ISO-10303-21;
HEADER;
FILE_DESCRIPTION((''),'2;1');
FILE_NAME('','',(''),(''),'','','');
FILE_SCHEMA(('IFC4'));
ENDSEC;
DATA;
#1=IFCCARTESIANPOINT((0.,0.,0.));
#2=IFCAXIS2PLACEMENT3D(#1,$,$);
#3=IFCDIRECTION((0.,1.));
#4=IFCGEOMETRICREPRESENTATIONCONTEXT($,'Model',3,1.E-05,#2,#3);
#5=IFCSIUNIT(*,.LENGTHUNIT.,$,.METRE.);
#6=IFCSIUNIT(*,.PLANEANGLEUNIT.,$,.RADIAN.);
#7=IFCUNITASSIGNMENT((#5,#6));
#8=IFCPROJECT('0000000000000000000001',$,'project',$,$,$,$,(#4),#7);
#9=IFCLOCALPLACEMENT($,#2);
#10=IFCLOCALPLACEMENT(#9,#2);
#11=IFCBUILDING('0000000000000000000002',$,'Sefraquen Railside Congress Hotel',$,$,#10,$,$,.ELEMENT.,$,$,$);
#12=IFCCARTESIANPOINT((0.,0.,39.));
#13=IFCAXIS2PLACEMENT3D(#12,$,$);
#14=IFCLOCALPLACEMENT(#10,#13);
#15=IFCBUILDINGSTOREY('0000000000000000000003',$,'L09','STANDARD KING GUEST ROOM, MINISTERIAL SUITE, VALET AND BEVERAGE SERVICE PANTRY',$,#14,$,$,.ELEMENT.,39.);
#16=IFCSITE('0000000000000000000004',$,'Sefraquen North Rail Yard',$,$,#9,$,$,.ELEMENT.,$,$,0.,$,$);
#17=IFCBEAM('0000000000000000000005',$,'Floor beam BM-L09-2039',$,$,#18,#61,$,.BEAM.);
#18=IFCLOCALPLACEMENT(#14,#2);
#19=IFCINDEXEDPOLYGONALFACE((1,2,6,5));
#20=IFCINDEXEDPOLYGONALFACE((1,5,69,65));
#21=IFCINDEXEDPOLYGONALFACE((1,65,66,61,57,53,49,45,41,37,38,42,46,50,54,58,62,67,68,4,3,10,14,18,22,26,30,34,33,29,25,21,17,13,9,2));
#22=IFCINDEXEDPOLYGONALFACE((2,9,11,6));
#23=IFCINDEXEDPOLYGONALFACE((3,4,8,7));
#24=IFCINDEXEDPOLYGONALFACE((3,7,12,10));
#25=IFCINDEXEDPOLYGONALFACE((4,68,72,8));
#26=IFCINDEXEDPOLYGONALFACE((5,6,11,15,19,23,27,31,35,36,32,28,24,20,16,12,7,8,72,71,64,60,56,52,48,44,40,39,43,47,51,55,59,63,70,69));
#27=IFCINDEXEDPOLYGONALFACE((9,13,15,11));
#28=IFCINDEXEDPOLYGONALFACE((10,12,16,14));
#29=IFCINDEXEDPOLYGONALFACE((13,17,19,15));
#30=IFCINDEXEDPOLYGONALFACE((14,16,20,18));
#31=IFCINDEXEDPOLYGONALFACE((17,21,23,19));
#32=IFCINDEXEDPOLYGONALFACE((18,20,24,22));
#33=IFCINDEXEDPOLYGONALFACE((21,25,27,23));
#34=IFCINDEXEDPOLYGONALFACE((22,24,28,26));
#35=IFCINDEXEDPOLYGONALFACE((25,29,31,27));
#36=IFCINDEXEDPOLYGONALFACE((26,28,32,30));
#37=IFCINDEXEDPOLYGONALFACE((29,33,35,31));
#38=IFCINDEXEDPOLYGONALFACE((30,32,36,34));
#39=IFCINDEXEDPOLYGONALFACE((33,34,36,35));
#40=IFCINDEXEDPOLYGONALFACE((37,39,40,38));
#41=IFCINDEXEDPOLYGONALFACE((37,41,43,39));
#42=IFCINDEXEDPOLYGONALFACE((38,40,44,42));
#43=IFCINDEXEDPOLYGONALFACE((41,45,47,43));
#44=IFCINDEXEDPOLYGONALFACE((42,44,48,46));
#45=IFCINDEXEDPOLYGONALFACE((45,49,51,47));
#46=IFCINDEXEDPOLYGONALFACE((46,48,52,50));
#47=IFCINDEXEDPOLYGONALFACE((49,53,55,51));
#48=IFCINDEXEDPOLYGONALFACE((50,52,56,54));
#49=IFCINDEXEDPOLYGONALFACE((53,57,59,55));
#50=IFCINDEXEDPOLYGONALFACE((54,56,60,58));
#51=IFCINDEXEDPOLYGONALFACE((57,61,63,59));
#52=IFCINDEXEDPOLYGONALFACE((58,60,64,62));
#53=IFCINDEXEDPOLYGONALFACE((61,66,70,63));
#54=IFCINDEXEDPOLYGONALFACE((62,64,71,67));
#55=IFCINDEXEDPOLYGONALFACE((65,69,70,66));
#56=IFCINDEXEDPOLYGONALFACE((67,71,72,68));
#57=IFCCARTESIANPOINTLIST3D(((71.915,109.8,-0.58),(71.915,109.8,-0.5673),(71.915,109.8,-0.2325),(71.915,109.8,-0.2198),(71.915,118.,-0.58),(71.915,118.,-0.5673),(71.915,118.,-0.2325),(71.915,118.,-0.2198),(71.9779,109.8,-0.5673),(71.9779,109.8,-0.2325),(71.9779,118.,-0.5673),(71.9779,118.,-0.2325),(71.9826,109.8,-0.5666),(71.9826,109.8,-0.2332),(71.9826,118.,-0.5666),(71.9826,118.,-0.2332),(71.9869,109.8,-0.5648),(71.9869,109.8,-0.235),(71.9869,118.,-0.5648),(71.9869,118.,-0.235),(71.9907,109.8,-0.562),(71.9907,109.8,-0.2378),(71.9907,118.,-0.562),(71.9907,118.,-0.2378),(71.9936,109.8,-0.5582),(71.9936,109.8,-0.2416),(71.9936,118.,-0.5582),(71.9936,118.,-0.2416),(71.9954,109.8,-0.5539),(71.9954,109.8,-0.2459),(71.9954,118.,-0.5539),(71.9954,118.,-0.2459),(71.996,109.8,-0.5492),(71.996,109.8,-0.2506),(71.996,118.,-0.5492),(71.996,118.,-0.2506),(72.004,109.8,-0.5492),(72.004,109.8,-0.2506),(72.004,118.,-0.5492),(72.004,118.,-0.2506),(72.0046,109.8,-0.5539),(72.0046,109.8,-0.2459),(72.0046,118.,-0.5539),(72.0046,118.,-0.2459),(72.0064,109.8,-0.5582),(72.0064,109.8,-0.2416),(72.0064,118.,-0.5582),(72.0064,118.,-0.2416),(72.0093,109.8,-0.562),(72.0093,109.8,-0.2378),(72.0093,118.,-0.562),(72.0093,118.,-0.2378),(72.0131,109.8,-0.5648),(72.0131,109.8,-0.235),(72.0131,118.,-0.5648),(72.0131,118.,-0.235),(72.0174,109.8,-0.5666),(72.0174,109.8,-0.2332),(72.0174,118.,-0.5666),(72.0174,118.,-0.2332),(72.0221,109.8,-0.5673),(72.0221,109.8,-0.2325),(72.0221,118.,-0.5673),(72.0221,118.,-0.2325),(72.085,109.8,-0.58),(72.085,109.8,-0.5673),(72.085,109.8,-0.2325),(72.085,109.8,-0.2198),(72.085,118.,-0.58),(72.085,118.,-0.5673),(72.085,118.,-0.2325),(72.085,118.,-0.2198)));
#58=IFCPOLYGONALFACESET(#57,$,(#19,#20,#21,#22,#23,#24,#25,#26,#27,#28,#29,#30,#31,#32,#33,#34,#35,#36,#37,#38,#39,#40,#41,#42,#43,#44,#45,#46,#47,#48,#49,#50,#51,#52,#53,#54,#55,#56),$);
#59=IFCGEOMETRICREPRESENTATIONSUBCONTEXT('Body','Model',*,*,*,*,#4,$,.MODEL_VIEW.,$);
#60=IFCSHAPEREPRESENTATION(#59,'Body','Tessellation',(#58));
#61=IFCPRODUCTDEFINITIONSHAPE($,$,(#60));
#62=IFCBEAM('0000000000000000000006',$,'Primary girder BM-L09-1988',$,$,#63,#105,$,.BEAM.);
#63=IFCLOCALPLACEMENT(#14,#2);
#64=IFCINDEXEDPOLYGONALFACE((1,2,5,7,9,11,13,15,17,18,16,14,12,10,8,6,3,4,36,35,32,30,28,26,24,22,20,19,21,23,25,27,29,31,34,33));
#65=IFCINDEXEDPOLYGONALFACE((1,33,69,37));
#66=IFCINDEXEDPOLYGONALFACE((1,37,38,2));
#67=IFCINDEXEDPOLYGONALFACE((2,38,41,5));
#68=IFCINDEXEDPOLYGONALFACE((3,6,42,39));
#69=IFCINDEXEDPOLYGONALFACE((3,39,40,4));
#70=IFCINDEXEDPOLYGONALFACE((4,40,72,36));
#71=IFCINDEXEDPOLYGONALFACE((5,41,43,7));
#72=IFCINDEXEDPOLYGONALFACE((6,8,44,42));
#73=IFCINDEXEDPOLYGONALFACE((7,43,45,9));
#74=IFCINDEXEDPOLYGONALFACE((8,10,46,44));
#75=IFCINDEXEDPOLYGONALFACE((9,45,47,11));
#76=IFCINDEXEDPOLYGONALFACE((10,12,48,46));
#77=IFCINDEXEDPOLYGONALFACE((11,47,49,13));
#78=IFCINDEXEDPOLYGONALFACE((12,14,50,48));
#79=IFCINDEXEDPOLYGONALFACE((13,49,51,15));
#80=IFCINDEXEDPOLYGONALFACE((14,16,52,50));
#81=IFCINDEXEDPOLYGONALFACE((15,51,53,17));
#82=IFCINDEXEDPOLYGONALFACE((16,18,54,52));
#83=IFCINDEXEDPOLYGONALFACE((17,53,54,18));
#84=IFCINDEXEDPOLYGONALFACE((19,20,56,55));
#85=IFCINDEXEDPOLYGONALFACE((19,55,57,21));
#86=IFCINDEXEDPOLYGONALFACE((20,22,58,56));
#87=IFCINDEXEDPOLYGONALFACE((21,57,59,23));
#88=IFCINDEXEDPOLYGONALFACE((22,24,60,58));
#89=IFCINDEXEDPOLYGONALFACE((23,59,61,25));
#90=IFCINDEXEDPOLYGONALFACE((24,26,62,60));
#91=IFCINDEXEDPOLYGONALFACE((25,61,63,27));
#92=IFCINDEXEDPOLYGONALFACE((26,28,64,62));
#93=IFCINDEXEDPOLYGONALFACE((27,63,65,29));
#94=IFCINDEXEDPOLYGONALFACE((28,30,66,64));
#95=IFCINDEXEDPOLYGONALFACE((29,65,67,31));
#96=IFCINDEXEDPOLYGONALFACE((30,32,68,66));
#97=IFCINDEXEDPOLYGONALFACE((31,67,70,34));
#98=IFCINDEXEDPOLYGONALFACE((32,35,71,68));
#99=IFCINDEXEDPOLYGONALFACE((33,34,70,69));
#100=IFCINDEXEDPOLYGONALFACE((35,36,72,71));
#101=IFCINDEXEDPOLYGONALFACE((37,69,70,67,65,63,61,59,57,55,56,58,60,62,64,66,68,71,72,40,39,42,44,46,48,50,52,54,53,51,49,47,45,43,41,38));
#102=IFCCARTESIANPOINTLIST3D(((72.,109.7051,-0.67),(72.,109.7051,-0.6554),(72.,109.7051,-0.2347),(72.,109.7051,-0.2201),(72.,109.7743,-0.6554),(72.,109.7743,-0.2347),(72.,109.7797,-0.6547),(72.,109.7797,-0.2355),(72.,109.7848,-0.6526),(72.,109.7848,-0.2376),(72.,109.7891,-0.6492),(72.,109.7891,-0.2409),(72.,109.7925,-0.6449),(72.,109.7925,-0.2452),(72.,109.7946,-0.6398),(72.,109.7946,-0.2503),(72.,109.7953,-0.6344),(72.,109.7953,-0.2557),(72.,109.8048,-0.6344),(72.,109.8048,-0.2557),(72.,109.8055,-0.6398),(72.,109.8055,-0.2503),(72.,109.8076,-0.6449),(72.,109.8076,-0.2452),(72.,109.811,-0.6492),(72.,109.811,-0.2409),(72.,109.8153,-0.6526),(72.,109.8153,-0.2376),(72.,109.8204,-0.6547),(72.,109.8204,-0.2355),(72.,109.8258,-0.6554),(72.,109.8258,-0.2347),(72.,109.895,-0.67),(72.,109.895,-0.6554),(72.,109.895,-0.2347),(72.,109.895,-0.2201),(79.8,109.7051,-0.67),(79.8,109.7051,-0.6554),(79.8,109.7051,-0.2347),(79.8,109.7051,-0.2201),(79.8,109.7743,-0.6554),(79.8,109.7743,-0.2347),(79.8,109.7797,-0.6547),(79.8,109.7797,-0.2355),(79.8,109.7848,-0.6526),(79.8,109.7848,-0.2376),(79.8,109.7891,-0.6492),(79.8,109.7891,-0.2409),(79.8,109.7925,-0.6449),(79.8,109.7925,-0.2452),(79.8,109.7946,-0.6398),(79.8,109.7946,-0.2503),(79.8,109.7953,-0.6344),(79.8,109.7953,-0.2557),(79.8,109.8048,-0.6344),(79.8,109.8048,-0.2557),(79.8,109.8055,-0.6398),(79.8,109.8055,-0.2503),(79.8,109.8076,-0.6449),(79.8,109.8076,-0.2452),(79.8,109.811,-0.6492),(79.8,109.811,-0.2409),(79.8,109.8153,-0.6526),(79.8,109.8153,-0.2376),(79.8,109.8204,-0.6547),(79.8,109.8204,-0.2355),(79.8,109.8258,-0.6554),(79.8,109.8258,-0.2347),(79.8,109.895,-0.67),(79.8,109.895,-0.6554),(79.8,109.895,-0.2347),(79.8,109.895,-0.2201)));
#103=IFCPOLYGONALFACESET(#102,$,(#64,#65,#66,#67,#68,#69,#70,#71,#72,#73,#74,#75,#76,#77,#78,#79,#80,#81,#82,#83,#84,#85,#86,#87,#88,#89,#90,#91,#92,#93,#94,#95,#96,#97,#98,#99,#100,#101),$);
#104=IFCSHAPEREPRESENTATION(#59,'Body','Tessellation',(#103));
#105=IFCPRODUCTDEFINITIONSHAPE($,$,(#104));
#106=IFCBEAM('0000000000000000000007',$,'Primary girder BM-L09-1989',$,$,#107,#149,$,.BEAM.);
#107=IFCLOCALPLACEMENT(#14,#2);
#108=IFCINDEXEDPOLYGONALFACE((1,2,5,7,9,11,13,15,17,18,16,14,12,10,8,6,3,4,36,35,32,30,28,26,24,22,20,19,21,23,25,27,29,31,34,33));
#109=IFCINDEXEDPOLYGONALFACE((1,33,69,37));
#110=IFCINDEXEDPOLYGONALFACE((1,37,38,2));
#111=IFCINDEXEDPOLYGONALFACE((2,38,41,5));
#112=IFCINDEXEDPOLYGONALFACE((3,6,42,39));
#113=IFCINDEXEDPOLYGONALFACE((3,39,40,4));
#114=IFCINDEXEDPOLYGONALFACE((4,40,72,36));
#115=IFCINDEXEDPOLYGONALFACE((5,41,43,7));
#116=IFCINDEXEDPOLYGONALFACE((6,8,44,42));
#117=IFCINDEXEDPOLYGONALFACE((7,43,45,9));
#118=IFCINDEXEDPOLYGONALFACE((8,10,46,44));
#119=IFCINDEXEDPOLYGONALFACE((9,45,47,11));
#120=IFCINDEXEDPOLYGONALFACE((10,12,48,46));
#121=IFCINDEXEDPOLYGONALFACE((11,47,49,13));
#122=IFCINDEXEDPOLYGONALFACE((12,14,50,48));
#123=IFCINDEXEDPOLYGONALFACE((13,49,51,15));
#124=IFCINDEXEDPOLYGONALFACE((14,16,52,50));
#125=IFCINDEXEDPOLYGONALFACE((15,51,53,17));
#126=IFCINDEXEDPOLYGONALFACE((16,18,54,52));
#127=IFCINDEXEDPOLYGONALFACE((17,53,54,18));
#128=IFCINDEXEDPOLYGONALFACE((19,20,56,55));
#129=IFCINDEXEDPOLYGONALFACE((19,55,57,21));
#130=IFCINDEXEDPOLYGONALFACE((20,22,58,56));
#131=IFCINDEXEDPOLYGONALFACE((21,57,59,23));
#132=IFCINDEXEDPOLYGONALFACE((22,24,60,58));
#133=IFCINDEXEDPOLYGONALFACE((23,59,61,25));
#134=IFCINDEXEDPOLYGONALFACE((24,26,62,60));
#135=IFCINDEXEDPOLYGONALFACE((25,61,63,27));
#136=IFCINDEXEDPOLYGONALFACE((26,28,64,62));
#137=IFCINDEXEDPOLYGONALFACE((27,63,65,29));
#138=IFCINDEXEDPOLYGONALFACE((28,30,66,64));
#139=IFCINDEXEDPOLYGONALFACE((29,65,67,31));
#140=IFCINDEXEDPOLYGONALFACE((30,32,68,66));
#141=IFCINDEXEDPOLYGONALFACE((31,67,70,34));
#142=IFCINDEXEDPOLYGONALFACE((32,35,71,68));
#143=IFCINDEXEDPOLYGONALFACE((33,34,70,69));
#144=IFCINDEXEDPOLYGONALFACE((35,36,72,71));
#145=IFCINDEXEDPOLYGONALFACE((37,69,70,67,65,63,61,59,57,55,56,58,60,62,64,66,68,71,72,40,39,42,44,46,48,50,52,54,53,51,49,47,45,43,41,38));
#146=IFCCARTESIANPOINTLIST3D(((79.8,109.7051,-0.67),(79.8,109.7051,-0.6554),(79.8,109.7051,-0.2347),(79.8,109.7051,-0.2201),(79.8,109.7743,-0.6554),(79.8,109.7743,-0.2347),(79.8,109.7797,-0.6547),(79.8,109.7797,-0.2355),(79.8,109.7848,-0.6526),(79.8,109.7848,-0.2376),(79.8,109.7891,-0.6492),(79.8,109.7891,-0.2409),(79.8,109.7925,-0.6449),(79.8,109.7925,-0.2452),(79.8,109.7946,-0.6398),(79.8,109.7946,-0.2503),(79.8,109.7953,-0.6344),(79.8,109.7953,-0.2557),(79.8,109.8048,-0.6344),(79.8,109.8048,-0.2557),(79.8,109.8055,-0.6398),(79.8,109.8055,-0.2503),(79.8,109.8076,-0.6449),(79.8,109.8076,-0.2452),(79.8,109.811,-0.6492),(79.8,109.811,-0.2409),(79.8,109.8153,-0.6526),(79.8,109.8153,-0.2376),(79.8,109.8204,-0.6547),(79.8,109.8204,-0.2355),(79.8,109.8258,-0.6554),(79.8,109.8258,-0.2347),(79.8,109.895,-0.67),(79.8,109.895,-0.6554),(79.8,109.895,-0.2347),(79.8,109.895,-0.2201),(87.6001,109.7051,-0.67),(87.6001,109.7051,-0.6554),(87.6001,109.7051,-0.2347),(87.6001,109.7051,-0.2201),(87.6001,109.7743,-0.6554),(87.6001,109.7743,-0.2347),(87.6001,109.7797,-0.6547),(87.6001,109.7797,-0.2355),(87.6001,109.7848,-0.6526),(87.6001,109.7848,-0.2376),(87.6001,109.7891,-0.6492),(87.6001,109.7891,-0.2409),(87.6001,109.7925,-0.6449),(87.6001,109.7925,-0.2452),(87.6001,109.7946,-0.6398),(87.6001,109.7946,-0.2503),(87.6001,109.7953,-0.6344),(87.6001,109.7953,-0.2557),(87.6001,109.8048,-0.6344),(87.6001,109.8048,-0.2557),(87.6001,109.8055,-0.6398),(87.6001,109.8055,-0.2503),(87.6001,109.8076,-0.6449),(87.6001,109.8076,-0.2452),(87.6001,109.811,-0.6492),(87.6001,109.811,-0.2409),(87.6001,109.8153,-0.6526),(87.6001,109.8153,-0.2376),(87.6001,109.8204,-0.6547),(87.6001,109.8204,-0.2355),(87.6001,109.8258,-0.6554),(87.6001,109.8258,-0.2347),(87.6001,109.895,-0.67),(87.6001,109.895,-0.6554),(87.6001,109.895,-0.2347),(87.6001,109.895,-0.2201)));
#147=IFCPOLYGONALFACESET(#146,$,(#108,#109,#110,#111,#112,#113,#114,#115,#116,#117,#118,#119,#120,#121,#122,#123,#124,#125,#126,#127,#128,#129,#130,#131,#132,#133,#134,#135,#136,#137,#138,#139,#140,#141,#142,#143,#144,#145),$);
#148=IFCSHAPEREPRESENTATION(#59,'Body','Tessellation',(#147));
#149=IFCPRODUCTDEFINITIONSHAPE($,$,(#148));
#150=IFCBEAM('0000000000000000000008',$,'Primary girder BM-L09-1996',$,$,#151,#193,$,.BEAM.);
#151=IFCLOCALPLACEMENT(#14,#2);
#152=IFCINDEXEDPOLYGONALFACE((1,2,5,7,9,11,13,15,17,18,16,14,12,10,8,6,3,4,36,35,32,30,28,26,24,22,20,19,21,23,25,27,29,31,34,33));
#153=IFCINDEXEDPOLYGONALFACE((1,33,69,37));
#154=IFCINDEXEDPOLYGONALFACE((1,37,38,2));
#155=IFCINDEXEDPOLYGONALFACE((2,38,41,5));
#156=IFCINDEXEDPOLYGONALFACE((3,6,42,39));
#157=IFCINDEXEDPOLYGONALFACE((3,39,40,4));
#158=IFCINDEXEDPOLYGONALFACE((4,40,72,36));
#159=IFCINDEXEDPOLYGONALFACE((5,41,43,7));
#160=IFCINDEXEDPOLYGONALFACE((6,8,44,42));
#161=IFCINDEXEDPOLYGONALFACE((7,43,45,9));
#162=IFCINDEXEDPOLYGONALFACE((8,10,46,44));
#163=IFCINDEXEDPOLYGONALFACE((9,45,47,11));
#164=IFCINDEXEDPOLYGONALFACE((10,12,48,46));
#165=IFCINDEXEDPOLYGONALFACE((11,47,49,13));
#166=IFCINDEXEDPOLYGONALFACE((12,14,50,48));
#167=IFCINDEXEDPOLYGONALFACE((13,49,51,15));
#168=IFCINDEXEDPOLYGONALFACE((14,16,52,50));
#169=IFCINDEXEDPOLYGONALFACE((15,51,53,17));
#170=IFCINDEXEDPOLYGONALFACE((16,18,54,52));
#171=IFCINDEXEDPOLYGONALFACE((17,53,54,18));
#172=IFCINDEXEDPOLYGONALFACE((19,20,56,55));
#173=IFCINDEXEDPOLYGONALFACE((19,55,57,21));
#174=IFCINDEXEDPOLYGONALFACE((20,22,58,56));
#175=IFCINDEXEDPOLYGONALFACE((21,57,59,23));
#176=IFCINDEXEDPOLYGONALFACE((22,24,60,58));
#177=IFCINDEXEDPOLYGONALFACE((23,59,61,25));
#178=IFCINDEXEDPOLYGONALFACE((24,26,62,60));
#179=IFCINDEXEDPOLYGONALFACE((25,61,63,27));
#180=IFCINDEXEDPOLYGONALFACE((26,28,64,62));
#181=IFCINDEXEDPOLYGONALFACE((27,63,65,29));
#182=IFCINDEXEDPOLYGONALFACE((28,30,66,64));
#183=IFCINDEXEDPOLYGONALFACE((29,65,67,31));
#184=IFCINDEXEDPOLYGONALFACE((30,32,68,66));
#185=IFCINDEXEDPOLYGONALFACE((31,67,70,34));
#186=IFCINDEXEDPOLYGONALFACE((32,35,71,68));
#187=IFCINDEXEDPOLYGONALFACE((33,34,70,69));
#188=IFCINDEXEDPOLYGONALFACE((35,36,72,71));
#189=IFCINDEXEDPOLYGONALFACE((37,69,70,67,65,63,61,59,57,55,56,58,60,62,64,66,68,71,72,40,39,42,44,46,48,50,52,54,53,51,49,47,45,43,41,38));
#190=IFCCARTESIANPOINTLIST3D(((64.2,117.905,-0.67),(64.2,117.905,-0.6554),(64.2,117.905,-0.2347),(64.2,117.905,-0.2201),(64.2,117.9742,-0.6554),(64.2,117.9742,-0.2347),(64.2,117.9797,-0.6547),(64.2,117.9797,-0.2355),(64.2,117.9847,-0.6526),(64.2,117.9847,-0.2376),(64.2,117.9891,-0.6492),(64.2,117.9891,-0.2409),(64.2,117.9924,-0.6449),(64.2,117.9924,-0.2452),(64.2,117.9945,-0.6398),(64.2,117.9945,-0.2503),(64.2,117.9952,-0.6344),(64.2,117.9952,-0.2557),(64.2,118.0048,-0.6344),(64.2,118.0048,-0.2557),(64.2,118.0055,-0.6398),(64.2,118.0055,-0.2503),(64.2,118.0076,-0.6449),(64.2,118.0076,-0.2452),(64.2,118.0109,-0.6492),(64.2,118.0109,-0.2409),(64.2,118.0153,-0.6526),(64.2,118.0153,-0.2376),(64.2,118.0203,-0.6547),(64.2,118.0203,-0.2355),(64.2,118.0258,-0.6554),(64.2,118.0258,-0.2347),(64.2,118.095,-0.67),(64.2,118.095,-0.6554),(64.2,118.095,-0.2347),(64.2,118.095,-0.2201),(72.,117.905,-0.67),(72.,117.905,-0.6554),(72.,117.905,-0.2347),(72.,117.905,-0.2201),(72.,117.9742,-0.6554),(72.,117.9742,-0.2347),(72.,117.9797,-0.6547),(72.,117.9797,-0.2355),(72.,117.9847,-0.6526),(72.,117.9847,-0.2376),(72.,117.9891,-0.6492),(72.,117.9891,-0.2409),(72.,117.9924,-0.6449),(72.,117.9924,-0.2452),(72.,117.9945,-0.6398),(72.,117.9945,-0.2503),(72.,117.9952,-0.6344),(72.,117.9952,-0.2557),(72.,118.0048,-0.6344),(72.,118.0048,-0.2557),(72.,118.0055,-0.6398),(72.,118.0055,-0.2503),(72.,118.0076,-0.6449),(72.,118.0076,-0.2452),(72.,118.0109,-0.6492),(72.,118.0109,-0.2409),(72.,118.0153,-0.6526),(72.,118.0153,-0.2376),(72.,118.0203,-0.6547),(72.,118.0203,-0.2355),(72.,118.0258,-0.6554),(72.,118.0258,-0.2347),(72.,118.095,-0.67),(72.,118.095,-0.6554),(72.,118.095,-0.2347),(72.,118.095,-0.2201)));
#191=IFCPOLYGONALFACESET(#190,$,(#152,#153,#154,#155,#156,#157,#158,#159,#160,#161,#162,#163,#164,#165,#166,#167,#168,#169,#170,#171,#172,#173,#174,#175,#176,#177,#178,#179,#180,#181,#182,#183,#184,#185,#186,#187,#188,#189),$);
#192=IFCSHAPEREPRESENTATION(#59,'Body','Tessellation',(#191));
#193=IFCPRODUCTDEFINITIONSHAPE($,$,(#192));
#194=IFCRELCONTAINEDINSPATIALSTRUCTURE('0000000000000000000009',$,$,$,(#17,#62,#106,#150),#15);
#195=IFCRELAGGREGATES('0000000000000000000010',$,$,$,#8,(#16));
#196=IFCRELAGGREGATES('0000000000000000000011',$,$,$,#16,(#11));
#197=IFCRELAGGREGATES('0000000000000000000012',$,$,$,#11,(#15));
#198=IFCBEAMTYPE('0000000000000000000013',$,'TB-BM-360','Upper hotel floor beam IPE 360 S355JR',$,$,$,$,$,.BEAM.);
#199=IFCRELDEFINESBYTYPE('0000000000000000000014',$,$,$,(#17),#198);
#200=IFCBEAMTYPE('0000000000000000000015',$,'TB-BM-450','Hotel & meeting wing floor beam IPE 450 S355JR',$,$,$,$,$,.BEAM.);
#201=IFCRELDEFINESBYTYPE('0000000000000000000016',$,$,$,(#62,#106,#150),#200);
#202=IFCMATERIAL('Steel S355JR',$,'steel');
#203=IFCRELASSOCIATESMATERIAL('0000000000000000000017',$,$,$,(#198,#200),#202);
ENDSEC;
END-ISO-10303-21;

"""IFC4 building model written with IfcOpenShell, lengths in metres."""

from ifc_helpers import new_model, si_unit, direction, frame, origin, origin_2d, place, context, subcontext, project, spatial, i_section, extrude, material, material_profile, profile_set, type_object, element, save


model = new_model("IFC4")

# Units and contexts
model_context = context("Model", 3, precision=1e-05, world=origin(), true_north=direction((0.0, 1.0)))
body_context = subcontext(model_context, "Body", "Model", "MODEL_VIEW")
ifc_project = project(units=[si_unit("LENGTHUNIT", "METRE"), si_unit("PLANEANGLEUNIT", "RADIAN")], contexts=[model_context])

# Site, building, storey
site_placement = place(None, origin())
site = spatial("IfcSite", under=ifc_project, at=site_placement, Name="Sefraquen North Rail Yard", CompositionType="ELEMENT", RefElevation=0.0)
building_placement = place(site_placement, origin())
building = spatial("IfcBuilding", under=site, at=building_placement, Name="Sefraquen Railside Congress Hotel", CompositionType="ELEMENT")
storey_placement = place(building_placement, frame((0.0, 0.0, 39.0)))
storey = spatial("IfcBuildingStorey", under=building, at=storey_placement, Name="L09", Description="STANDARD KING GUEST ROOM, MINISTERIAL SUITE, VALET AND BEVERAGE SERVICE PANTRY", CompositionType="ELEMENT", Elevation=39.0)

# Shared definitions
ifc_material_1 = material(Name="Steel S355JR", Category="steel")

# Beams
ifc_material_profile_1 = material_profile(ifc_material_1, i_section(OverallWidth=0.1699, OverallDepth=0.3601, WebThickness=0.0081, FlangeThickness=0.0127, FilletRadius=0.0181, at=origin_2d()), Name="IPE 360")
ifc_profile_set_1 = profile_set([ifc_material_profile_1], Name="Steel S355JR")
beam_type_1 = type_object("IfcBeamType", Name="TB-BM-360", Description="Upper hotel floor beam IPE 360 S355JR", PredefinedType="BEAM", material=ifc_profile_set_1)
beam_placement = place(storey_placement, frame((72.0, 109.8, -0.3999), z_axis=(0.0, 1.0, 0.0), x_axis=(-1.0, 0.0, 0.0)))
element("IfcBeam", 1, at=beam_placement, inside=storey, type_object=beam_type_1, Name="Floor beam BM-L09-2039", PredefinedType="BEAM", context=body_context, shape_type="SweptSolid", body=[
    extrude(i_section(OverallWidth=0.1699, OverallDepth=0.3601, WebThickness=0.0081, FlangeThickness=0.0127, FilletRadius=0.0181, at=origin_2d()), origin(), (0.0, 0.0, 1.0), 8.2),
])
ifc_material_profile_2 = material_profile(ifc_material_1, i_section(OverallWidth=0.1899, OverallDepth=0.45, WebThickness=0.0095, FlangeThickness=0.0146, FilletRadius=0.021, at=origin_2d()), Name="IPE 450")
ifc_profile_set_2 = profile_set([ifc_material_profile_2], Name="Steel S355JR")
beam_type_2 = type_object("IfcBeamType", Name="TB-BM-450", Description="Hotel & meeting wing floor beam IPE 450 S355JR", PredefinedType="BEAM", material=ifc_profile_set_2)
for number, where, z_axis, x_axis, name in (
    (2, (72.0, 109.8, -0.4451), (1.0, 0.0, 0.0), (0.0, 1.0, 0.0), "Primary girder BM-L09-1988"),
    (3, (79.8, 109.8, -0.4451), (1.0, 0.0, 0.0), (0.0, 1.0, 0.0), "Primary girder BM-L09-1989"),
    (4, (64.2, 118.0, -0.4451), (1.0, 0.0, 0.0), (0.0, 1.0, 0.0), "Primary girder BM-L09-1996"),
):
    element("IfcBeam", number, at=place(storey_placement, frame(where, z_axis=z_axis, x_axis=x_axis)), inside=storey, type_object=beam_type_2, Name=name, PredefinedType="BEAM", context=body_context, shape_type="SweptSolid", body=[
        extrude(i_section(OverallWidth=0.1899, OverallDepth=0.45, WebThickness=0.0095, FlangeThickness=0.0146, FilletRadius=0.021, at=origin_2d()), origin(), (0.0, 0.0, 1.0), 7.8),
    ])

save(model, "model.ifc")
